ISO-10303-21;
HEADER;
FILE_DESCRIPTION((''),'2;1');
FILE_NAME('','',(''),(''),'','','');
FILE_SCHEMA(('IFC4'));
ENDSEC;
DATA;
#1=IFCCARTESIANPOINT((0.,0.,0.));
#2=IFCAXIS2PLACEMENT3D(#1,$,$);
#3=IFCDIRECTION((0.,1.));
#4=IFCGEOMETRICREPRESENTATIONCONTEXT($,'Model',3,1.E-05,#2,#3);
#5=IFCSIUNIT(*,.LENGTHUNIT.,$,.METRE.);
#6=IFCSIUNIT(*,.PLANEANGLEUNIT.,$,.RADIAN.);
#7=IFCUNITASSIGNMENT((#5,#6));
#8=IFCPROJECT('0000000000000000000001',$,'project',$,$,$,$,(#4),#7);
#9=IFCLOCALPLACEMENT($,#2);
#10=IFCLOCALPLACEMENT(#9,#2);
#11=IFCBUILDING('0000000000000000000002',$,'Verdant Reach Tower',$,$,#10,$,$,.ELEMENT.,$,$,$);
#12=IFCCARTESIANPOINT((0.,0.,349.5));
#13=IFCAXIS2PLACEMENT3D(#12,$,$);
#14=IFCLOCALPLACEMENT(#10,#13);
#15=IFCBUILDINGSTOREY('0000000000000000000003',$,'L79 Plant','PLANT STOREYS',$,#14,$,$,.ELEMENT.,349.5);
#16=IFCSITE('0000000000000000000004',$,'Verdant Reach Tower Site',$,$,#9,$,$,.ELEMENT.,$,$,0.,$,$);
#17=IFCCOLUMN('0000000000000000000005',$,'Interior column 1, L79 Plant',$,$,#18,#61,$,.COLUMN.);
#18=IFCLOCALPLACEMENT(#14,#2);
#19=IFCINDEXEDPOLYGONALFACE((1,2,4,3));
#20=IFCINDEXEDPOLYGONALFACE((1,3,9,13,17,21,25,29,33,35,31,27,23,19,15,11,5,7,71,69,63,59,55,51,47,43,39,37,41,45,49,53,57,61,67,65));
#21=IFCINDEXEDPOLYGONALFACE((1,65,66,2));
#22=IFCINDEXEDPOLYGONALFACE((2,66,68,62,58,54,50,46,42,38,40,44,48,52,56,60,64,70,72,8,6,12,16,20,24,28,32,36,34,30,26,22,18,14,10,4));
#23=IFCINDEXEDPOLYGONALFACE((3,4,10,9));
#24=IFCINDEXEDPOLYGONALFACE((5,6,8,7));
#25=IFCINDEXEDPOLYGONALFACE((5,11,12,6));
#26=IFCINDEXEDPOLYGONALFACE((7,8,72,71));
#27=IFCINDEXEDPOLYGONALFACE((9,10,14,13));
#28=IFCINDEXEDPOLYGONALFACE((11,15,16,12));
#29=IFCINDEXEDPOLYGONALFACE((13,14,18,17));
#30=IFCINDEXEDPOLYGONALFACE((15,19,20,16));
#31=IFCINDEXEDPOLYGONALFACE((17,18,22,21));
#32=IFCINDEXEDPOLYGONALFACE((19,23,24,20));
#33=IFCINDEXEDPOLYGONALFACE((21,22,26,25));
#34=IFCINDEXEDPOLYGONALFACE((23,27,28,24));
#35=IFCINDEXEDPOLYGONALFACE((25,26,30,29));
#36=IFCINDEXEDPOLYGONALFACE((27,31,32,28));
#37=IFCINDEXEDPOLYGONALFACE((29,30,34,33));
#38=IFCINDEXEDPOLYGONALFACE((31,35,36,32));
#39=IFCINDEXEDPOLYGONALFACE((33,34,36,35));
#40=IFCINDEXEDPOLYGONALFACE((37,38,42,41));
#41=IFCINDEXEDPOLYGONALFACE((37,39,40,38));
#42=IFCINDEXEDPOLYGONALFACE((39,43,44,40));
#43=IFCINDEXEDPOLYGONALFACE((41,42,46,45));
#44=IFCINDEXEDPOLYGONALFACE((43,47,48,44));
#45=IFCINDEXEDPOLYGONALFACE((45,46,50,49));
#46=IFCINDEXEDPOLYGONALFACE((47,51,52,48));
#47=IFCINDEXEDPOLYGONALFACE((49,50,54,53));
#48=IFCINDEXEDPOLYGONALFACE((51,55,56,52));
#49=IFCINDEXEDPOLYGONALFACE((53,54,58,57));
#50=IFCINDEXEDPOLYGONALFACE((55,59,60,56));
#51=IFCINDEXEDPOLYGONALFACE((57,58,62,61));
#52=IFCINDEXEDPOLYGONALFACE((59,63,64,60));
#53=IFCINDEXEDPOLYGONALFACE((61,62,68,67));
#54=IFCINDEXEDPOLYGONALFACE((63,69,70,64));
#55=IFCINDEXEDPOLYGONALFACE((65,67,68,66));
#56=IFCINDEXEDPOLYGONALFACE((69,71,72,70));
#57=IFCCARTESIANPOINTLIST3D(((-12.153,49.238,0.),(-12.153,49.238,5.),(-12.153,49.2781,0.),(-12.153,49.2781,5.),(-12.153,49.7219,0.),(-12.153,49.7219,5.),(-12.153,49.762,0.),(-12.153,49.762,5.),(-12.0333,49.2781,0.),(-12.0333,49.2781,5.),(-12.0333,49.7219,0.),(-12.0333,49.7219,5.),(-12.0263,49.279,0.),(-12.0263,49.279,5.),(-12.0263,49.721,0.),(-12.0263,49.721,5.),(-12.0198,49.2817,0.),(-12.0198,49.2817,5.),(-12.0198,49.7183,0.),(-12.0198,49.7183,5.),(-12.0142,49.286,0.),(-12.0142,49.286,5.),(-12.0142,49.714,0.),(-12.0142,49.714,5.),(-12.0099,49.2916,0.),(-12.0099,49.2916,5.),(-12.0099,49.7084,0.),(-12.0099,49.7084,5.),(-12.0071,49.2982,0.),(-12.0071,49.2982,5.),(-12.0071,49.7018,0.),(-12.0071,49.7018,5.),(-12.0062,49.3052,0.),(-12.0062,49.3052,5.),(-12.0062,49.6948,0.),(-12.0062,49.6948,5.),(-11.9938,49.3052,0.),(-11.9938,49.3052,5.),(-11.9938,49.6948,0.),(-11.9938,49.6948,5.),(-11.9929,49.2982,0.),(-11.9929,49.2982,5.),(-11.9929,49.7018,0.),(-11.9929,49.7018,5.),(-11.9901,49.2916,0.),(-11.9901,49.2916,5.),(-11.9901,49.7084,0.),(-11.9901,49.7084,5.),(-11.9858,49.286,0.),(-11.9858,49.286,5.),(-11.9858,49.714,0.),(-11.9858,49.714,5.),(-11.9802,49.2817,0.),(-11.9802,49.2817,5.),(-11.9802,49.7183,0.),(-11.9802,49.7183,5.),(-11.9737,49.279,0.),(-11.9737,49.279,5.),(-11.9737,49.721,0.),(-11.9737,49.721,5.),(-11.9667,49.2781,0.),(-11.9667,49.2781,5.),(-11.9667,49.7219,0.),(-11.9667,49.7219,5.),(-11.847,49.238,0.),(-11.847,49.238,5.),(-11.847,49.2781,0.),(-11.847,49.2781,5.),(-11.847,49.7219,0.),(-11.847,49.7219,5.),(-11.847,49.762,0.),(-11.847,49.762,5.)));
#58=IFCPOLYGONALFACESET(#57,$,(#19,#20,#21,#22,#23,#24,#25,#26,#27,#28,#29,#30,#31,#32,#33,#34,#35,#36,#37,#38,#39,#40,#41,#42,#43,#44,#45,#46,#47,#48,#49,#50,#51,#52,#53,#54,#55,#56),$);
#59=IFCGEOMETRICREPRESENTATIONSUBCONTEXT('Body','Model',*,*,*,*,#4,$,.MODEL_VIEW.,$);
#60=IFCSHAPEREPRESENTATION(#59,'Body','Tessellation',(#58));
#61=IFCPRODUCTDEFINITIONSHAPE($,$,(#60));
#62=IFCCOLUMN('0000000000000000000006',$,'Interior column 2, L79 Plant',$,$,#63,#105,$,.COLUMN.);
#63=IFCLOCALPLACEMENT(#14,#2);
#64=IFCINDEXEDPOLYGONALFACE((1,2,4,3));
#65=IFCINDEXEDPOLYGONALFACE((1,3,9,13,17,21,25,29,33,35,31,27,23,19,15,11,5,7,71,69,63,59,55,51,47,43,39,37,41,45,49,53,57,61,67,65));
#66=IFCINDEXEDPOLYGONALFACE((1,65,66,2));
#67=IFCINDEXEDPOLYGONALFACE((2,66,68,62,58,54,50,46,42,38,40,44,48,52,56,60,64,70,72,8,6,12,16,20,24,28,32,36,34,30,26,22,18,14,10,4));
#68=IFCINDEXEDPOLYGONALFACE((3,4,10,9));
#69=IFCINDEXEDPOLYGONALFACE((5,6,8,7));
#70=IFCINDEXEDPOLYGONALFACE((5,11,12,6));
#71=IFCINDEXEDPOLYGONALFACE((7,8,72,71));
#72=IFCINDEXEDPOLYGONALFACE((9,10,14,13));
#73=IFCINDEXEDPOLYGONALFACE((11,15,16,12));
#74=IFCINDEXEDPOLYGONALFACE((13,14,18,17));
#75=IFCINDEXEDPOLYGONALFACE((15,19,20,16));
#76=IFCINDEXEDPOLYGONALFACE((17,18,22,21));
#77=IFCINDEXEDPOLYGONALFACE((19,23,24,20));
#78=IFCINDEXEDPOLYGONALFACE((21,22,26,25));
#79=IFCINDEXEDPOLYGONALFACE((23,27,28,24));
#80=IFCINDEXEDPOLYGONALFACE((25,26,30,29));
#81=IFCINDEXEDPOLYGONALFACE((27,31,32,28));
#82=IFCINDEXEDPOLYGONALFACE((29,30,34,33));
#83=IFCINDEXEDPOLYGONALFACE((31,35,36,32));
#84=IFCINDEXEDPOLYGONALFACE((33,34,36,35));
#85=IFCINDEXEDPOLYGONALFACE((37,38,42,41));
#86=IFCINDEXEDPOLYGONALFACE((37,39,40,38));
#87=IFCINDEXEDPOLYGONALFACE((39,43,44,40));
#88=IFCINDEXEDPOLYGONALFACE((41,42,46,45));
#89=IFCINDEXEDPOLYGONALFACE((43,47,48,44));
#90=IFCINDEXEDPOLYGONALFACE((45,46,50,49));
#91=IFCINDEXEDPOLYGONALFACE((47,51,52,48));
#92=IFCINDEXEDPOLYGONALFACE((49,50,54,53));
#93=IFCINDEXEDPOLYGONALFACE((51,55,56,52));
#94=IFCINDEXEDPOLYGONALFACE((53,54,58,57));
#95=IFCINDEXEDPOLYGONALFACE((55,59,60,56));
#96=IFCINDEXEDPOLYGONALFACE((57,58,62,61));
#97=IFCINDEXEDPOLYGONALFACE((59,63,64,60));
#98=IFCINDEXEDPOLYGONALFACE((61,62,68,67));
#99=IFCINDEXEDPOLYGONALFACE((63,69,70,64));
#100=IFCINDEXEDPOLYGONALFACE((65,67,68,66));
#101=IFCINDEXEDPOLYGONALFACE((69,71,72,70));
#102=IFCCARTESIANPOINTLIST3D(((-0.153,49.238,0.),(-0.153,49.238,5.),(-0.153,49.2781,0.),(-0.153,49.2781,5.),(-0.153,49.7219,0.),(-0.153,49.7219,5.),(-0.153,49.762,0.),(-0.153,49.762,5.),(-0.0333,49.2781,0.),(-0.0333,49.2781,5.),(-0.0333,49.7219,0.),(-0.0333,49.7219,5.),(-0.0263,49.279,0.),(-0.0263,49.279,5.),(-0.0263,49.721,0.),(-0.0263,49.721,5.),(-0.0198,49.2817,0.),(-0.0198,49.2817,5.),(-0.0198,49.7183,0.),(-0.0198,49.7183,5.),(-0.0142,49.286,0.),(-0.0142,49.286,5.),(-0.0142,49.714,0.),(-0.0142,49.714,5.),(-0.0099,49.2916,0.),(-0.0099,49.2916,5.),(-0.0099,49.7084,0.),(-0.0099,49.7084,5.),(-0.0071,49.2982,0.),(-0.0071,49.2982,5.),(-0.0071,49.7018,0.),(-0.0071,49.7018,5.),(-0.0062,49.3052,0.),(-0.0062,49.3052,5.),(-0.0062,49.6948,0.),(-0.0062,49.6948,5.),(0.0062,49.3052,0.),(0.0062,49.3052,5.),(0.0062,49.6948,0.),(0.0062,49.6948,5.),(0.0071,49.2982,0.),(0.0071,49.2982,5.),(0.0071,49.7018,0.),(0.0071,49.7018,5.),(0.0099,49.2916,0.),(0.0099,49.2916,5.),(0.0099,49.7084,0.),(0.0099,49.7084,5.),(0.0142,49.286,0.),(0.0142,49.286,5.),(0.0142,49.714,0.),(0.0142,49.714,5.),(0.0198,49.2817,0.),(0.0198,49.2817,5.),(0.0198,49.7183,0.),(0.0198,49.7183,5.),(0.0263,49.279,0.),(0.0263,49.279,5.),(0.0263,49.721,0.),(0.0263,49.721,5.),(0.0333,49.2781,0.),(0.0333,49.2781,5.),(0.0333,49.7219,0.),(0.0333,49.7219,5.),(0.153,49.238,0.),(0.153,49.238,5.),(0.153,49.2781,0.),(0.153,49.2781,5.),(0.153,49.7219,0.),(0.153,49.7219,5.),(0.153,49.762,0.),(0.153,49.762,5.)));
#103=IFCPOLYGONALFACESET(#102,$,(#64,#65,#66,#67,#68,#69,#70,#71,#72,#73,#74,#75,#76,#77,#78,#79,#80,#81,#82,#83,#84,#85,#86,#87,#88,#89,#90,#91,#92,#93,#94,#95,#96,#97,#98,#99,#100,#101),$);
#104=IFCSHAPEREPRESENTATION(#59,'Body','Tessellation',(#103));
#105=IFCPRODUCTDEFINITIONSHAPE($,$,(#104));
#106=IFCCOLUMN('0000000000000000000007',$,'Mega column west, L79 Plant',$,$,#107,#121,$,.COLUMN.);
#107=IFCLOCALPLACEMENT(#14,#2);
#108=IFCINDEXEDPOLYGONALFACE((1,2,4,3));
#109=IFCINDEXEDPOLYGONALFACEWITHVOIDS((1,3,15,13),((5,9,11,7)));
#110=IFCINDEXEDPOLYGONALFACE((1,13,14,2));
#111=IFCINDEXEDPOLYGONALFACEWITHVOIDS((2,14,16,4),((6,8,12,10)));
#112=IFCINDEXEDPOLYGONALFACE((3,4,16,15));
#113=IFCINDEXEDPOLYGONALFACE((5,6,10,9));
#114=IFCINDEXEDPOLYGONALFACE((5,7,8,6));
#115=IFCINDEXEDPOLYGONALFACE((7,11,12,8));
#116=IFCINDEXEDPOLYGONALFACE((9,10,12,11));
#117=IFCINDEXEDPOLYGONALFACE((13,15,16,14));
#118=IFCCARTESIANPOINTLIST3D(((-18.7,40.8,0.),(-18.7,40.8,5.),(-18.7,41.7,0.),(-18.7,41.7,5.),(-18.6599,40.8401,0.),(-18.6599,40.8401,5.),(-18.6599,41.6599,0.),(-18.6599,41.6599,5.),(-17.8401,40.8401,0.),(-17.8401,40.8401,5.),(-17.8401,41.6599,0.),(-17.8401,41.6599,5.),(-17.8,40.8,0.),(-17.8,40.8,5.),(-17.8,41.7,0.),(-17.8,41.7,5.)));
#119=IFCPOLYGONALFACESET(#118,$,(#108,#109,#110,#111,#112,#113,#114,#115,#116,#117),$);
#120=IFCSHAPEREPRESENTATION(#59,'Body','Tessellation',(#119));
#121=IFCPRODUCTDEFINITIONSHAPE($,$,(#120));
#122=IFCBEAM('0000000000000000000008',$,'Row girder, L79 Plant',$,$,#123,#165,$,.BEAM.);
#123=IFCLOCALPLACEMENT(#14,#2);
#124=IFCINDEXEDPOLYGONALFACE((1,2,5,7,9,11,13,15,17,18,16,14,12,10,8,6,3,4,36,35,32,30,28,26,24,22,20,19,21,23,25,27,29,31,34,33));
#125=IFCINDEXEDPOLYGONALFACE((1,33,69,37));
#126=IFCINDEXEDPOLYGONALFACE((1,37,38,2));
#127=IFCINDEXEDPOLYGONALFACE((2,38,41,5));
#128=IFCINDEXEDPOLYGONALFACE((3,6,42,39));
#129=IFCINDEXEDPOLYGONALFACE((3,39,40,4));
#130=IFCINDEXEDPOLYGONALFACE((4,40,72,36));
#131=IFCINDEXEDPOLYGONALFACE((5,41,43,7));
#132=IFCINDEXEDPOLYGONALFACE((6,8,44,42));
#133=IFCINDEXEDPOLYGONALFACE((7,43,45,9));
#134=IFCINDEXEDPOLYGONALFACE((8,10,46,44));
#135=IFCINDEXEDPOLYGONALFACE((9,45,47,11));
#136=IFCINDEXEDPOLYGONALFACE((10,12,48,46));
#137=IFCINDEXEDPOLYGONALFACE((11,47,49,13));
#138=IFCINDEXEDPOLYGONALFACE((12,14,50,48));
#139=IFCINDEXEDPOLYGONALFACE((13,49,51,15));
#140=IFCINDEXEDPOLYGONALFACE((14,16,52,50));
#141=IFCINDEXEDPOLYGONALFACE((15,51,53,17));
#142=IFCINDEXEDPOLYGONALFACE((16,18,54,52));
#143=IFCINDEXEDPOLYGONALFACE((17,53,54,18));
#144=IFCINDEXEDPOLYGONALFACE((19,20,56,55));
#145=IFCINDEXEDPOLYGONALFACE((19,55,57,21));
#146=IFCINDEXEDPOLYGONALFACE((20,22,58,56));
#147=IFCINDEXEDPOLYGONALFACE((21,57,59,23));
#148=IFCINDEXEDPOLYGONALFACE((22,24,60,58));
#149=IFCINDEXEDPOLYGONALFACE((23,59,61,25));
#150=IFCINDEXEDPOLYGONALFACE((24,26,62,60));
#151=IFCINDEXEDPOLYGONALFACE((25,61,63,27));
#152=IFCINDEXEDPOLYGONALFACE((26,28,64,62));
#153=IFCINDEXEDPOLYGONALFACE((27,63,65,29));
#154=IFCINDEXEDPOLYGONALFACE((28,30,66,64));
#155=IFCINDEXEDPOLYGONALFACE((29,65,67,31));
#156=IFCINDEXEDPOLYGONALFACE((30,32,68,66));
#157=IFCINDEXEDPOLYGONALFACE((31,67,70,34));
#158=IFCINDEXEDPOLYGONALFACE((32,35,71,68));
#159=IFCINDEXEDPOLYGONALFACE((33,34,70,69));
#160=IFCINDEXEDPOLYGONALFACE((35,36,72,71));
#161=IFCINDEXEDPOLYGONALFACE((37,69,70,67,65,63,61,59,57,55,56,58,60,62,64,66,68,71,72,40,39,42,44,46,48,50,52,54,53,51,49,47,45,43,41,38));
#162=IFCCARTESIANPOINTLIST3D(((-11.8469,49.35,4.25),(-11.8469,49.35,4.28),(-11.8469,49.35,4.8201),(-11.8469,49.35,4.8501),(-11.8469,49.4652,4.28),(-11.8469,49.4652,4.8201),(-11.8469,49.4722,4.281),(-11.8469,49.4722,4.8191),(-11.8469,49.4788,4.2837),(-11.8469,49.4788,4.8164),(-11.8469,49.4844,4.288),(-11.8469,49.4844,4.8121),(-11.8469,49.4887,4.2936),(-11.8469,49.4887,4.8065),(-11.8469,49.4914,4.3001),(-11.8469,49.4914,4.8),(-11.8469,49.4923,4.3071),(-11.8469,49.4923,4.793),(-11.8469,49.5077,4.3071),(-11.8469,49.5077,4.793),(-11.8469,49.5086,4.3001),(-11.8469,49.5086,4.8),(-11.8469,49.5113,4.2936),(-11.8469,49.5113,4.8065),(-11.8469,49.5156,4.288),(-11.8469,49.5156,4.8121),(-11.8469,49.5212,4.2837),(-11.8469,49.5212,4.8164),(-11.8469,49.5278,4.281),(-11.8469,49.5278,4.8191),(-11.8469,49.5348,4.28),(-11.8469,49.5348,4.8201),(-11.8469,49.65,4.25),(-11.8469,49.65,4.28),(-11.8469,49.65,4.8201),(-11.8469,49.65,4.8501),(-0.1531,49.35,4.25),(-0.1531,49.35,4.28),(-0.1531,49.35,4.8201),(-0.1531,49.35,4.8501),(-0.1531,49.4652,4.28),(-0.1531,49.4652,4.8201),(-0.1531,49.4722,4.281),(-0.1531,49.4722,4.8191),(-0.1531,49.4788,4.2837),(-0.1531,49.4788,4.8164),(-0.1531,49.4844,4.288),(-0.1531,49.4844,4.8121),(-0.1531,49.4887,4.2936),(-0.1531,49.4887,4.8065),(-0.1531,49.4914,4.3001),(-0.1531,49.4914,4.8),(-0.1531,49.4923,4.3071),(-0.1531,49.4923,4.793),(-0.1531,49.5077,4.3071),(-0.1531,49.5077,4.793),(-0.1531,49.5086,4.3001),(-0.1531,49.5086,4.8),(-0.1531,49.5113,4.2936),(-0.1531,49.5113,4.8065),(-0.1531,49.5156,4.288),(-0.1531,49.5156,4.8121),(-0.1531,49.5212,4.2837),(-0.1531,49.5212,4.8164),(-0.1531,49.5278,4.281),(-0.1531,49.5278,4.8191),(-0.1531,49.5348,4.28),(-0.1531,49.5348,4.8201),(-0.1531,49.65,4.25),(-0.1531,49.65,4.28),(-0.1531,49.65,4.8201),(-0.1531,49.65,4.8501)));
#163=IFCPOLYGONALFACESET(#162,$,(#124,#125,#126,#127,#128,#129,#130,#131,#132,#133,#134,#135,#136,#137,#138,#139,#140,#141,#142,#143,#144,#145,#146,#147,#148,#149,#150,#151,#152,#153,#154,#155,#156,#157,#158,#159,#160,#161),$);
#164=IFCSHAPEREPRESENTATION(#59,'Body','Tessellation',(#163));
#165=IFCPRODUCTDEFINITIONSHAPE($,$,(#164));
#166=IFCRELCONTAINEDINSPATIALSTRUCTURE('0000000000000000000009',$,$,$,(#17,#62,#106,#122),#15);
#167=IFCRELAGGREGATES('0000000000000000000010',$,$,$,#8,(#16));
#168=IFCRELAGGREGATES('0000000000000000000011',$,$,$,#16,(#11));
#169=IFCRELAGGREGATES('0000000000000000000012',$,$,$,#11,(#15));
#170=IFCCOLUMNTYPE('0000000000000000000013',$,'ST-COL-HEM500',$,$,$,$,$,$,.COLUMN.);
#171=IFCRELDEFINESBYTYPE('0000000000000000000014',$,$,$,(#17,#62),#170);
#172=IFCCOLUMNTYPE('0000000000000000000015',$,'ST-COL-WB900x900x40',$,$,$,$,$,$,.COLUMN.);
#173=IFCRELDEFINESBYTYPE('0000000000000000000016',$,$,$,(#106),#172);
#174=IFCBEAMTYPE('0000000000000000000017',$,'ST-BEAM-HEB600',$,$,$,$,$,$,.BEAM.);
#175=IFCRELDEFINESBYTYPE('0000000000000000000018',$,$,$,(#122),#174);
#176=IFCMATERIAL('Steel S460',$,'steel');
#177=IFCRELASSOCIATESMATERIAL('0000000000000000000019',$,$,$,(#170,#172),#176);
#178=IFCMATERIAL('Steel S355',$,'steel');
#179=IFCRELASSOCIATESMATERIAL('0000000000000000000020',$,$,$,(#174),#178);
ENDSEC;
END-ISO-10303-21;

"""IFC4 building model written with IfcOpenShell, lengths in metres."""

from ifc_helpers import new_model, si_unit, direction, frame, origin, origin_2d, place, context, subcontext, project, spatial, hollow_rectangle, i_section, extrude, material, material_profile, profile_set, type_object, element, save


model = new_model("IFC4")

# Units and contexts
model_context = context("Model", 3, precision=1e-05, world=origin(), true_north=direction((0.0, 1.0)))
body_context = subcontext(model_context, "Body", "Model", "MODEL_VIEW")
ifc_project = project(units=[si_unit("LENGTHUNIT", "METRE"), si_unit("PLANEANGLEUNIT", "RADIAN")], contexts=[model_context])

# Site, building, storey
site_placement = place(None, origin())
site = spatial("IfcSite", under=ifc_project, at=site_placement, Name="Verdant Reach Tower Site", CompositionType="ELEMENT", RefElevation=0.0)
building_placement = place(site_placement, origin())
building = spatial("IfcBuilding", under=site, at=building_placement, Name="Verdant Reach Tower", CompositionType="ELEMENT")
storey_placement = place(building_placement, frame((0.0, 0.0, 349.5)))
storey = spatial("IfcBuildingStorey", under=building, at=storey_placement, Name="L79 Plant", Description="PLANT STOREYS", CompositionType="ELEMENT", Elevation=349.5)

# Columns
ifc_material_1 = material(Name="Steel S460", Category="steel")
ifc_material_profile_1 = material_profile(ifc_material_1, i_section(OverallWidth=0.3059, OverallDepth=0.5239, WebThickness=0.0125, FlangeThickness=0.04, FilletRadius=0.0271, at=origin_2d()), Name="HEM 500")
ifc_profile_set_1 = profile_set([ifc_material_profile_1], Name="Steel S460")
column_type_1 = type_object("IfcColumnType", Name="ST-COL-HEM500", PredefinedType="COLUMN", material=ifc_profile_set_1)
for number, where, z_axis, x_axis, name in (
    (1, (-12.0, 49.5, 0.0), (0.0, 0.0, 1.0), (1.0, 0.0, 0.0), "Interior column 1, L79 Plant"),
    (2, (0.0, 49.5, 0.0), (0.0, 0.0, 1.0), (1.0, 0.0, 0.0), "Interior column 2, L79 Plant"),
):
    element("IfcColumn", number, at=place(storey_placement, frame(where, z_axis=z_axis, x_axis=x_axis)), inside=storey, type_object=column_type_1, Name=name, PredefinedType="COLUMN", context=body_context, shape_type="SweptSolid", body=[
        extrude(i_section(OverallWidth=0.3059, OverallDepth=0.5239, WebThickness=0.0125, FlangeThickness=0.04, FilletRadius=0.0271, at=origin_2d()), origin(), (0.0, 0.0, 1.0), 5.0),
    ])
ifc_material_profile_2 = material_profile(ifc_material_1, hollow_rectangle(XDim=0.8999, YDim=0.8999, WallThickness=0.04, at=origin_2d()), Name="WB 900x900x40")
ifc_profile_set_2 = profile_set([ifc_material_profile_2], Name="Steel S460")
column_type_2 = type_object("IfcColumnType", Name="ST-COL-WB900x900x40", PredefinedType="COLUMN", material=ifc_profile_set_2)
column_placement = place(storey_placement, frame((-18.25, 41.25, 0.0), z_axis=(0.0, 0.0, 1.0), x_axis=(1.0, 0.0, 0.0)))
element("IfcColumn", 3, at=column_placement, inside=storey, type_object=column_type_2, Name="Mega column west, L79 Plant", PredefinedType="COLUMN", context=body_context, shape_type="SweptSolid", body=[
    extrude(hollow_rectangle(XDim=0.8999, YDim=0.8999, WallThickness=0.04, at=origin_2d()), origin(), (0.0, 0.0, 1.0), 5.0),
])

# Beam
ifc_material_2 = material(Name="Steel S355", Category="steel")
ifc_material_profile_3 = material_profile(ifc_material_2, i_section(OverallWidth=0.3, OverallDepth=0.6001, WebThickness=0.0154, FlangeThickness=0.03, FilletRadius=0.0271, at=origin_2d()), Name="HEB 600")
ifc_profile_set_3 = profile_set([ifc_material_profile_3], Name="Steel S355")
beam_type_1 = type_object("IfcBeamType", Name="ST-BEAM-HEB600", PredefinedType="BEAM", material=ifc_profile_set_3)
beam_1_placement = place(storey_placement, frame((-11.8469, 49.5, 4.55), z_axis=(1.0, 0.0, 0.0), x_axis=(0.0, 1.0, 0.0)))
element("IfcBeam", 4, at=beam_1_placement, inside=storey, type_object=beam_type_1, Name="Row girder, L79 Plant", PredefinedType="BEAM", context=body_context, shape_type="SweptSolid", body=[
    extrude(i_section(OverallWidth=0.3, OverallDepth=0.6001, WebThickness=0.0154, FlangeThickness=0.03, FilletRadius=0.0271, at=origin_2d()), origin(), (0.0, 0.0, 1.0), 11.6938),
])

save(model, "model.ifc")
